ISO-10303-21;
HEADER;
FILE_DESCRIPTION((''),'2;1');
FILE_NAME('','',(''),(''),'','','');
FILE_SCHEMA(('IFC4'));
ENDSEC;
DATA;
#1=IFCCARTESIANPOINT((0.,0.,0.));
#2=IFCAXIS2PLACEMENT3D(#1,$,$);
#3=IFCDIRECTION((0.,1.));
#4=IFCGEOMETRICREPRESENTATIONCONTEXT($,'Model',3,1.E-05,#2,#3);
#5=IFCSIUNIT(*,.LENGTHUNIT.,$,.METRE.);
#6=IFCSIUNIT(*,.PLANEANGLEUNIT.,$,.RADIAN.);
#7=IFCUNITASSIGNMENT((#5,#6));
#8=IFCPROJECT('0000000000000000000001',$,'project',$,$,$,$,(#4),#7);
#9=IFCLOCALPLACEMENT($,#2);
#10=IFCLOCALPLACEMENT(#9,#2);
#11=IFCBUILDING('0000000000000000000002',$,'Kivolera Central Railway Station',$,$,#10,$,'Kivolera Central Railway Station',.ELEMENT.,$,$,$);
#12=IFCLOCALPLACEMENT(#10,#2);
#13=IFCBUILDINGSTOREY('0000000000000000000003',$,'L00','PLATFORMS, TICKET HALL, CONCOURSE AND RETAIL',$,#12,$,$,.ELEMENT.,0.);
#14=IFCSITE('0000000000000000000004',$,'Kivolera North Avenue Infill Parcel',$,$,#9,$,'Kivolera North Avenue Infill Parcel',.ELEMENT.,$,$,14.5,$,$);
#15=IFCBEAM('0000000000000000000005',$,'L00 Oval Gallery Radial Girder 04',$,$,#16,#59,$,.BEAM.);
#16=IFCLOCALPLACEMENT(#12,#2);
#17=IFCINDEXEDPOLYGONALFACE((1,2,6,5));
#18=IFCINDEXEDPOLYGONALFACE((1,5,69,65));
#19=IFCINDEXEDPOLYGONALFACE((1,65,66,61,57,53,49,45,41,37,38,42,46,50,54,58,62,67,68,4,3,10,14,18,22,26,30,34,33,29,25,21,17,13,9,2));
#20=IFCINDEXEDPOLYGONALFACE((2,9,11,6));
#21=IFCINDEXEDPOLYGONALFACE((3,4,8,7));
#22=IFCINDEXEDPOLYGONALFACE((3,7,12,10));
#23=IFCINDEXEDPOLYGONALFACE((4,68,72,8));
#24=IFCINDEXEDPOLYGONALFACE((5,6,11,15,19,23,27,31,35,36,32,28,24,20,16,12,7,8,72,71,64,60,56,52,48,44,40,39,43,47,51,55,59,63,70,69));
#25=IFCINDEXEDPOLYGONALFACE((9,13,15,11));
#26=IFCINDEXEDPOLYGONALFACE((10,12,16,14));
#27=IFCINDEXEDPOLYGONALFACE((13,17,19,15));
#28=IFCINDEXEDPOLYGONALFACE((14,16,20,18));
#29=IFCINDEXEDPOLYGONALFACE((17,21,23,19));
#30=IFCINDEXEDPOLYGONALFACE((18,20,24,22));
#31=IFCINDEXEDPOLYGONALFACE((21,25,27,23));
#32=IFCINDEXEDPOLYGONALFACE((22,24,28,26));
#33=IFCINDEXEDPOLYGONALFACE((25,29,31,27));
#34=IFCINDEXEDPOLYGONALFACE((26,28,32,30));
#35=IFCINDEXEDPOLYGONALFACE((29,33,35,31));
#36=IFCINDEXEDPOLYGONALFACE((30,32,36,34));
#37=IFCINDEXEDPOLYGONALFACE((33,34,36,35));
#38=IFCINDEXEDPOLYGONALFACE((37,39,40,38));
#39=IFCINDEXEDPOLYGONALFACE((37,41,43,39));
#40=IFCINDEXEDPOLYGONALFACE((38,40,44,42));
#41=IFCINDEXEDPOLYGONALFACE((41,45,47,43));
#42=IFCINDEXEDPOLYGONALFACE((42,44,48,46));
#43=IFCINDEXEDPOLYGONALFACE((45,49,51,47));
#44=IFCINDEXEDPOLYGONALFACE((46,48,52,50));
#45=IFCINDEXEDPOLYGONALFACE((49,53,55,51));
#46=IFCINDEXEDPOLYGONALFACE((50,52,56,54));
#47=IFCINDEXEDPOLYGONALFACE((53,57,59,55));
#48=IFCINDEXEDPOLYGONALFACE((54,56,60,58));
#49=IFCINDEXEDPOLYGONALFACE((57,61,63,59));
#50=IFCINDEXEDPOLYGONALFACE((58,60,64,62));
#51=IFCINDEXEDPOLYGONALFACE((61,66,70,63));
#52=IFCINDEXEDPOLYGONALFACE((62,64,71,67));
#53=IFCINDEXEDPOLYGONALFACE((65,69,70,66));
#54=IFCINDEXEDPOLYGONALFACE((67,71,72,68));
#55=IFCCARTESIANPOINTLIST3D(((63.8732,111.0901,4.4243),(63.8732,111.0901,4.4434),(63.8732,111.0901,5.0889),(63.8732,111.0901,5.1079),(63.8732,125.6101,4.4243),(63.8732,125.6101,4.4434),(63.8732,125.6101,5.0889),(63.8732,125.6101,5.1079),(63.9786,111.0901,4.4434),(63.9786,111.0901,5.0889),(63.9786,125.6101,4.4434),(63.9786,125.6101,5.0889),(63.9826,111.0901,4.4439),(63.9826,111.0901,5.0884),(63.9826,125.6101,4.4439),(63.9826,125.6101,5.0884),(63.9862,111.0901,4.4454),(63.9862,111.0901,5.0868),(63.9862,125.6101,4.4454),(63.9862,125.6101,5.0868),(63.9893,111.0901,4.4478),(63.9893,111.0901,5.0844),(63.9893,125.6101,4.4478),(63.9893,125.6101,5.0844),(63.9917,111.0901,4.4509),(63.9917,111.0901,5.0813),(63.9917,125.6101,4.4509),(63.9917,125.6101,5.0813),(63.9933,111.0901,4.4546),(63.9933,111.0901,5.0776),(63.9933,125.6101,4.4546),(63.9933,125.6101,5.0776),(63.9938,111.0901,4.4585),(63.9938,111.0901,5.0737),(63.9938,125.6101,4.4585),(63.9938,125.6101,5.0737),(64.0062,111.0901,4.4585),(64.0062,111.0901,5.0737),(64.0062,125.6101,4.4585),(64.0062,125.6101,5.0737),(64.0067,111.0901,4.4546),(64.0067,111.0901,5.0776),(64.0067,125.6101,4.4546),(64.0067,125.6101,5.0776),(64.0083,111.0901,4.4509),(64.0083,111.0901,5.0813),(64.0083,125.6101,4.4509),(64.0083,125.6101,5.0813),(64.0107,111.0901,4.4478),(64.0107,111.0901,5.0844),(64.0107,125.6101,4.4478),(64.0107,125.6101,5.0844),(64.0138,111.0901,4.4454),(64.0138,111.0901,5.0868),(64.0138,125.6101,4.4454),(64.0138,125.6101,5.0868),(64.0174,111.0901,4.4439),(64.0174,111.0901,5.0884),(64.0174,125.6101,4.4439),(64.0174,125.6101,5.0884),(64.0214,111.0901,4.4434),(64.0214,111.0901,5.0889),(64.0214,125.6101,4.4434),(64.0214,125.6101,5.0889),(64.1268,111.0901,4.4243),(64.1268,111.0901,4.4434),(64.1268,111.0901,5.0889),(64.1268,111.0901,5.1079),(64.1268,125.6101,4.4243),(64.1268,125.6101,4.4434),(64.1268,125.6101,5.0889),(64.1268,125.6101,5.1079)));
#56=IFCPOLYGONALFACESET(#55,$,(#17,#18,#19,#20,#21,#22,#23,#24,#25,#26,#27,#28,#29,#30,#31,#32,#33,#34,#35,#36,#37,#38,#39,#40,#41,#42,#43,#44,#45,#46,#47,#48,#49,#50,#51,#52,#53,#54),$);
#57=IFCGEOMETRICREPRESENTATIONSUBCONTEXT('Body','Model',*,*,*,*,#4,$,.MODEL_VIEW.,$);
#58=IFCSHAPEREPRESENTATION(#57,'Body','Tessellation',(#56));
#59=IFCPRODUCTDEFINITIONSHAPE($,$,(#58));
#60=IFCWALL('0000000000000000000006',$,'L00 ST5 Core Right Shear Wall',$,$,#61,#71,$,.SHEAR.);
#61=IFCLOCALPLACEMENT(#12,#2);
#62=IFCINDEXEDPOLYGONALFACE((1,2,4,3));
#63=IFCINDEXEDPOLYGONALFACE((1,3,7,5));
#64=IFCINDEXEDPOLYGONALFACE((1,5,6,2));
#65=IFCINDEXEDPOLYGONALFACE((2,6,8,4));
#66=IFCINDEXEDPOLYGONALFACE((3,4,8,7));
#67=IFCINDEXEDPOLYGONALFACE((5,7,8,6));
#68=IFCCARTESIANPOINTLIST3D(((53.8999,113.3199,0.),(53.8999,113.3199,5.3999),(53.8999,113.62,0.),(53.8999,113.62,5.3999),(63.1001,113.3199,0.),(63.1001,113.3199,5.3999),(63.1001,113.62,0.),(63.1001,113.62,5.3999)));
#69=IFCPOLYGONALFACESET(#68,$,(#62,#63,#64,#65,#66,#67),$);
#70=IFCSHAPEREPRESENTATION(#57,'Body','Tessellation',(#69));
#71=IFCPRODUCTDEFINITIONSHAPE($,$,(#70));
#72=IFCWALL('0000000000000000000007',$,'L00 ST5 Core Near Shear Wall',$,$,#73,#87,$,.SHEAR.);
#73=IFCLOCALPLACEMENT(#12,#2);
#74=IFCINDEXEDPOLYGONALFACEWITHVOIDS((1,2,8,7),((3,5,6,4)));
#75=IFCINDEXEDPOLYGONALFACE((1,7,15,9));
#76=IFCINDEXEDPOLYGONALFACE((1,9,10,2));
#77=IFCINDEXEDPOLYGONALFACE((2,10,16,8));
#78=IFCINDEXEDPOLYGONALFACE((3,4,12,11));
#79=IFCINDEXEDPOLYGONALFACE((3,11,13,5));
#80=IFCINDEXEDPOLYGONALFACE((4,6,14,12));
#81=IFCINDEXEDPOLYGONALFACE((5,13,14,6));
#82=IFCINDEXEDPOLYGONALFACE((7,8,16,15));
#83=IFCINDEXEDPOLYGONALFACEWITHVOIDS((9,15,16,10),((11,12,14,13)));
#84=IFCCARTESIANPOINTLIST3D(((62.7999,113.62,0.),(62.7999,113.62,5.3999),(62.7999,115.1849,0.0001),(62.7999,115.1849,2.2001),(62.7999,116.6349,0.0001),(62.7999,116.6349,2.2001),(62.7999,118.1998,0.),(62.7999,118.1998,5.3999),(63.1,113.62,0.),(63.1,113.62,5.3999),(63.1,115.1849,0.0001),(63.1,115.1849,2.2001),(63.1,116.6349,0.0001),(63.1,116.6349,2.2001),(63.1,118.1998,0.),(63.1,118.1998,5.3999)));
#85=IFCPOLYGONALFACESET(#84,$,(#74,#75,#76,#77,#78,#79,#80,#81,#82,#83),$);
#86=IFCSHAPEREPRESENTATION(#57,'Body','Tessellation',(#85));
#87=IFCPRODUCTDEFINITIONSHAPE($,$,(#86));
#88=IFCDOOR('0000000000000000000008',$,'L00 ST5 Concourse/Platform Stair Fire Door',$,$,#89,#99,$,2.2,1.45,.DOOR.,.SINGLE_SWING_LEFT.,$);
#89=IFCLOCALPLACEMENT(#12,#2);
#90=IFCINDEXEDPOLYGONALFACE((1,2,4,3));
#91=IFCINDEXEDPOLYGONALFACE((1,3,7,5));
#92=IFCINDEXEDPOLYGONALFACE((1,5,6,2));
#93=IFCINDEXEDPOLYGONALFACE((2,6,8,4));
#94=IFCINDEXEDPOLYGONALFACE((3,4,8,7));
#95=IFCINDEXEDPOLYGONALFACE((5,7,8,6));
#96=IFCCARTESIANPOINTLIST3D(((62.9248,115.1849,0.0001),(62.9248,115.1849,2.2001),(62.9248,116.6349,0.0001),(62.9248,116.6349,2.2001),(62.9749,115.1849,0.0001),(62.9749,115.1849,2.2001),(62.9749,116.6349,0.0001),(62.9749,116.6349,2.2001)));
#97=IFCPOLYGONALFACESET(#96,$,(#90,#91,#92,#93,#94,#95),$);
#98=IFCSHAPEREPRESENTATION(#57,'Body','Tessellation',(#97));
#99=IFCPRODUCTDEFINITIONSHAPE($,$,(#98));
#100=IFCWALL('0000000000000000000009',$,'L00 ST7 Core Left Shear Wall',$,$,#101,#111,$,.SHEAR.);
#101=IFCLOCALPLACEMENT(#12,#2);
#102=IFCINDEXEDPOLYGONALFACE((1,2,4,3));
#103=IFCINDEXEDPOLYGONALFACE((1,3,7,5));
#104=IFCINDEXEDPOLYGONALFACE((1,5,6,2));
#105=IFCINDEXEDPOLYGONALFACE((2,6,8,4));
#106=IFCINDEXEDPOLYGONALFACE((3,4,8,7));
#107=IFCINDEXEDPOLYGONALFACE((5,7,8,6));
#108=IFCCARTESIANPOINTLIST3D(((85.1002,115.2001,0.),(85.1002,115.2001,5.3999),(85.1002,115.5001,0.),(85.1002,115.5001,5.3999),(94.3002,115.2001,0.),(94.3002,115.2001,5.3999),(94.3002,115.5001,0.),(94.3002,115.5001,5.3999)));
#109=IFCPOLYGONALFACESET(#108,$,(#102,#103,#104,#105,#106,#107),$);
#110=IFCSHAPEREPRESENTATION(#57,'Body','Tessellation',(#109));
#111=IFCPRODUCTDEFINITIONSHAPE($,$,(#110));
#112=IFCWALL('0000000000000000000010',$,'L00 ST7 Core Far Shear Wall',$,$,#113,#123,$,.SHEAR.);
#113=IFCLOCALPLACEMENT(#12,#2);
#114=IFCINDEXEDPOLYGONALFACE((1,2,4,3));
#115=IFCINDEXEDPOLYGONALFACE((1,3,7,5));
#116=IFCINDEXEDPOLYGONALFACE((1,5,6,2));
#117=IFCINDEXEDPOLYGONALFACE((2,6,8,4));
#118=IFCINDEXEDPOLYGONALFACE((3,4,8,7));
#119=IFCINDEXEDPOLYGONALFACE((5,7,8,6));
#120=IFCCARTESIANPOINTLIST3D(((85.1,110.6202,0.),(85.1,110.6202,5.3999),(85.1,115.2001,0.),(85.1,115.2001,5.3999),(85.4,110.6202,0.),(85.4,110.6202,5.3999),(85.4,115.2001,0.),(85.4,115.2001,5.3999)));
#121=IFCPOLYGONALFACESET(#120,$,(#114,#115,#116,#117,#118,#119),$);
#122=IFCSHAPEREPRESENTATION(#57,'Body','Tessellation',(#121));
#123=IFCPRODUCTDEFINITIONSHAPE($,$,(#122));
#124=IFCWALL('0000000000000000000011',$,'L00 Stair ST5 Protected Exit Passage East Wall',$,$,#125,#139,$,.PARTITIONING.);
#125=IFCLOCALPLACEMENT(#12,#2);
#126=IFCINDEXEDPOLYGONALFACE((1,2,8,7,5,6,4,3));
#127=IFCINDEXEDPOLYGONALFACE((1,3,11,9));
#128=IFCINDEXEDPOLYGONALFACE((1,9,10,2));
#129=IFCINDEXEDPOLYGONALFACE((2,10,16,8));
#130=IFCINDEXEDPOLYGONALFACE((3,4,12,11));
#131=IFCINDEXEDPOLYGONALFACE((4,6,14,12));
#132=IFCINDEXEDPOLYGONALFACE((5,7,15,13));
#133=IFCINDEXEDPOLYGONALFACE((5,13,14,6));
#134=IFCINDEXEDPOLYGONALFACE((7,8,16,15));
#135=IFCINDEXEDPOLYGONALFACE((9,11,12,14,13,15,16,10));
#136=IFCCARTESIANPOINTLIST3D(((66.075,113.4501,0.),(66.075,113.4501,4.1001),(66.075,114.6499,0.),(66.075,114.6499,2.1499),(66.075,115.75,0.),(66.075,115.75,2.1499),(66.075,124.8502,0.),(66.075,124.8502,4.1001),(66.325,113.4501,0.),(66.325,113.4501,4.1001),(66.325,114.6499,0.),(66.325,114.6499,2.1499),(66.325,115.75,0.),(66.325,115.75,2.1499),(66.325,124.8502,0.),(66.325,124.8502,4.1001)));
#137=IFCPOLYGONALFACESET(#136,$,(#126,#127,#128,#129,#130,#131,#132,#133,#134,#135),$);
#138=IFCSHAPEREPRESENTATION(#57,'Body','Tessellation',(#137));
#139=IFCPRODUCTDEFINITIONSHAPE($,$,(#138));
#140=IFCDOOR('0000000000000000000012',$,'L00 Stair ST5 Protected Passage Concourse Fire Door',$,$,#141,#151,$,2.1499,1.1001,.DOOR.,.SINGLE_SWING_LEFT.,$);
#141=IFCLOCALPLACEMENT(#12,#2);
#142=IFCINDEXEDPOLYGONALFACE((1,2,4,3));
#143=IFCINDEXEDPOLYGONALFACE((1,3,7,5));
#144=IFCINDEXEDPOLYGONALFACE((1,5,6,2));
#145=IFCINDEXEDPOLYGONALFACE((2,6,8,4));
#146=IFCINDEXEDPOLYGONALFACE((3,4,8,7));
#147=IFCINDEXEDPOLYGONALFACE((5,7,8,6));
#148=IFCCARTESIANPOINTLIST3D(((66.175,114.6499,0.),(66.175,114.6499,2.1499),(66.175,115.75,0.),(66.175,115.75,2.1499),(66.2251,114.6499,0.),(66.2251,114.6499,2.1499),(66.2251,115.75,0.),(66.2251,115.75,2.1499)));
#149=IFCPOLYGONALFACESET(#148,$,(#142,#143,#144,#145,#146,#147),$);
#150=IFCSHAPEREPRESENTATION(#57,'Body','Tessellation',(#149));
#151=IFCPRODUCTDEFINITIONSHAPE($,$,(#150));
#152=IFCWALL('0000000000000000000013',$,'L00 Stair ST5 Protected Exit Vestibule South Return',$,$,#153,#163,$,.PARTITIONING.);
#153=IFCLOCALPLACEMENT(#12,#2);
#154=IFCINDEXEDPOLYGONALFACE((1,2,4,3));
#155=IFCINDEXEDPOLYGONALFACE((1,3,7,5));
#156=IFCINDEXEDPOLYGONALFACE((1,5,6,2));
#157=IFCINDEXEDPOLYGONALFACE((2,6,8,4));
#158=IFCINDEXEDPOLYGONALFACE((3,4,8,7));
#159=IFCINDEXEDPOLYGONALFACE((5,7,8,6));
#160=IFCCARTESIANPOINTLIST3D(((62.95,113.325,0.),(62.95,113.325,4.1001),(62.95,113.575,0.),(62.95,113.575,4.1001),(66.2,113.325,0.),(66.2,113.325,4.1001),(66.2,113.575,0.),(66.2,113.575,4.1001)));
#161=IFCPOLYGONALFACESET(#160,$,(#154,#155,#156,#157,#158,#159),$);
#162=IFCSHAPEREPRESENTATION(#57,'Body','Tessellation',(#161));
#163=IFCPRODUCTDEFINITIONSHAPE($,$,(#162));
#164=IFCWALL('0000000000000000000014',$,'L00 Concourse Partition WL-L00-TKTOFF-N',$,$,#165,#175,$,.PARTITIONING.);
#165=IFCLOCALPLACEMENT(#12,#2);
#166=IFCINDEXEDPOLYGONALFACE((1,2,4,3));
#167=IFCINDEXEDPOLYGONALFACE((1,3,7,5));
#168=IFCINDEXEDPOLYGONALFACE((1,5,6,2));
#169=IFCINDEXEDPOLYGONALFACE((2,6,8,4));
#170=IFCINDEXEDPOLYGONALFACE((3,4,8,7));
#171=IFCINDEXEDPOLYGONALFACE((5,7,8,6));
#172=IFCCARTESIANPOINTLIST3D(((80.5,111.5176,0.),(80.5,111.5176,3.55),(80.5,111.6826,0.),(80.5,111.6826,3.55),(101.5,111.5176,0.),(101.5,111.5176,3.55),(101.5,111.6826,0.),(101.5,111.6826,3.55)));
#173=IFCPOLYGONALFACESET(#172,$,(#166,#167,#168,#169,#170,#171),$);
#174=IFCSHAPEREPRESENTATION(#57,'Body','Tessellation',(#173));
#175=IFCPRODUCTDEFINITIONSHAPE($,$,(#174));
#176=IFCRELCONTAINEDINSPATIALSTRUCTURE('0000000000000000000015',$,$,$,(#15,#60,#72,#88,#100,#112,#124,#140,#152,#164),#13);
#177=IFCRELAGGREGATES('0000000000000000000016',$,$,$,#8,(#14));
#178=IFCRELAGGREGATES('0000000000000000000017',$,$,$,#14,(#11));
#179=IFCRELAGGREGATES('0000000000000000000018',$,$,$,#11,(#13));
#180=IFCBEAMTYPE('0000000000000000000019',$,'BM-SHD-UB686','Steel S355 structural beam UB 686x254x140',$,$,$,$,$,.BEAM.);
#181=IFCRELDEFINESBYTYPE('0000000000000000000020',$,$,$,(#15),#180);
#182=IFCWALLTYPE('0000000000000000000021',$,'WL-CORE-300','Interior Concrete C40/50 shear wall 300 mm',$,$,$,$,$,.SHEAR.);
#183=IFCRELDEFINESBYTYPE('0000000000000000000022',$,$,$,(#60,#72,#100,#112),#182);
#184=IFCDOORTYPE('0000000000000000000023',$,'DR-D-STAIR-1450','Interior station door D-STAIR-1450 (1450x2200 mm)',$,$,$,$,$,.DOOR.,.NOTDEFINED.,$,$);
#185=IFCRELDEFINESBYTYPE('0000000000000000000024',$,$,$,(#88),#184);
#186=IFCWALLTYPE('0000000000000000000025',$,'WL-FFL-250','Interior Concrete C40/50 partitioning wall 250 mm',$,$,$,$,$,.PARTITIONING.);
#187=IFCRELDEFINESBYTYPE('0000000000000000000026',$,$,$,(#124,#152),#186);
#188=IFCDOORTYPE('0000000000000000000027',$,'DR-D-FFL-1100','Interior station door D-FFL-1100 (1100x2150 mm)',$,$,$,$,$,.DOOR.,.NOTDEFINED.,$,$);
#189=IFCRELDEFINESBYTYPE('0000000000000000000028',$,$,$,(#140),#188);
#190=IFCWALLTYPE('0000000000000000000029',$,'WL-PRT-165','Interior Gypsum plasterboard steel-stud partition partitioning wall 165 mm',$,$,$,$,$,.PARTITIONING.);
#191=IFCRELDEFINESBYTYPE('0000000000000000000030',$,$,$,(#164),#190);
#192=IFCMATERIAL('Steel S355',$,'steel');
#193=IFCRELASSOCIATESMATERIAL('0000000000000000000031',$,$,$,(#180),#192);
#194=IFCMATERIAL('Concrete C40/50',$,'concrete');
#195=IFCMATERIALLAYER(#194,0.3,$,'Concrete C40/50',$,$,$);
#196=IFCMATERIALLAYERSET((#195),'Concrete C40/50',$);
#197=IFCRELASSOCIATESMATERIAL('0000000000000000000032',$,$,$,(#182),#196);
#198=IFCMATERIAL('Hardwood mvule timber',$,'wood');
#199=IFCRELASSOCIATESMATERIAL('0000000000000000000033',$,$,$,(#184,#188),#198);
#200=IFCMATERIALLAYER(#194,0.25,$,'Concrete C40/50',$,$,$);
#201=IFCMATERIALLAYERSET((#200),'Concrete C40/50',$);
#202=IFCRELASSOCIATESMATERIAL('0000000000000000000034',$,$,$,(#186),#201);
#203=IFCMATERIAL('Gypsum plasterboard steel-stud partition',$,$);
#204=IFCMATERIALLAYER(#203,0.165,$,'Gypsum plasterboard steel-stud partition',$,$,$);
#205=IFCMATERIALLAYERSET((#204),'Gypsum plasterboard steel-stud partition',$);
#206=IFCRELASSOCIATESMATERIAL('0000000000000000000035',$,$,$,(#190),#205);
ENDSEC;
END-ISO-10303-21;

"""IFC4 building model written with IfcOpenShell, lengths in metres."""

from ifc_helpers import new_model, si_unit, direction, frame, frame_2d, origin, origin_2d, place, context, subcontext, project, spatial, rectangle, i_section, extrude, material, layer, layer_set, material_profile, profile_set, type_object, element, fill, save


model = new_model("IFC4")

# Units and contexts
model_context = context("Model", 3, precision=1e-05, world=origin(), true_north=direction((0.0, 1.0)))
body_context = subcontext(model_context, "Body", "Model", "MODEL_VIEW")
ifc_project = project(units=[si_unit("LENGTHUNIT", "METRE"), si_unit("PLANEANGLEUNIT", "RADIAN")], contexts=[model_context])

# Site, building, storey
site_placement = place(None, origin())
site = spatial("IfcSite", under=ifc_project, at=site_placement, Name="Kivolera North Avenue Infill Parcel", LongName="Kivolera North Avenue Infill Parcel", CompositionType="ELEMENT", RefElevation=14.5)
building_placement = place(site_placement, origin())
building = spatial("IfcBuilding", under=site, at=building_placement, Name="Kivolera Central Railway Station", LongName="Kivolera Central Railway Station", CompositionType="ELEMENT")
storey_placement = place(building_placement, origin())
storey = spatial("IfcBuildingStorey", under=building, at=storey_placement, Name="L00", Description="PLATFORMS, TICKET HALL, CONCOURSE AND RETAIL", CompositionType="ELEMENT", Elevation=0.0)

# Beam
ifc_material_1 = material(Name="Steel S355", Category="steel")
ifc_material_profile_1 = material_profile(ifc_material_1, i_section(OverallWidth=0.2537, OverallDepth=0.6836, WebThickness=0.0125, FlangeThickness=0.019, FilletRadius=0.0151, at=origin_2d()), Name="UB 686x254x140")
ifc_profile_set_1 = profile_set([ifc_material_profile_1], Name="Steel S355")
beam_type = type_object("IfcBeamType", Name="BM-SHD-UB686", Description="Steel S355 structural beam UB 686x254x140", PredefinedType="BEAM", material=ifc_profile_set_1)
beam_placement = place(storey_placement, frame((64.0, 111.0901, 4.7661), z_axis=(0.0, 1.0, 0.0), x_axis=(-1.0, 0.0, 0.0)))
element("IfcBeam", 1, at=beam_placement, inside=storey, type_object=beam_type, Name="L00 Oval Gallery Radial Girder 04", PredefinedType="BEAM", context=body_context, shape_type="SweptSolid", body=[
    extrude(i_section(OverallWidth=0.2537, OverallDepth=0.6836, WebThickness=0.0125, FlangeThickness=0.019, FilletRadius=0.0151, at=origin_2d()), origin(), (0.0, 0.0, 1.0), 14.52),
])

# Wall
ifc_material_2 = material(Name="Concrete C40/50", Category="concrete")
ifc_layer_1 = layer(ifc_material_2, 0.3, Name="Concrete C40/50")
ifc_layer_set_1 = layer_set([ifc_layer_1], Name="Concrete C40/50")
wall_type_1 = type_object("IfcWallType", Name="WL-CORE-300", Description="Interior Concrete C40/50 shear wall 300 mm", PredefinedType="SHEAR", material=ifc_layer_set_1)
wall_1_placement = place(storey_placement, frame((63.1001, 113.47, 0.0), z_axis=(0.0, 0.0, 1.0), x_axis=(-1.0, 0.0, 0.0)))
element("IfcWall", 2, at=wall_1_placement, inside=storey, type_object=wall_type_1, Name="L00 ST5 Core Right Shear Wall", PredefinedType="SHEAR", context=body_context, shape_type="SweptSolid", body=[
    extrude(rectangle(XDim=9.2002, YDim=0.3, at=frame_2d((4.6001, 0.0))), origin(), (0.0, 0.0, 1.0), 5.3999),
])

# Wall, opening, door
wall_2_placement = place(storey_placement, frame((62.95, 118.2, 0.0), z_axis=(0.0, 0.0, 1.0), x_axis=(0.0, -1.0, 0.0)))
wall_2 = element("IfcWall", 3, at=wall_2_placement, inside=storey, type_object=wall_type_1, Name="L00 ST5 Core Near Shear Wall", PredefinedType="SHEAR", context=body_context, shape_type="SweptSolid", body=[
    extrude(rectangle(XDim=4.5798, YDim=0.3, at=frame_2d((2.29, 0.0))), origin(), (0.0, 0.0, 1.0), 5.3999),
])
opening_1_placement = place(wall_2_placement, frame((1.5649, 0.0, 0.0)))
opening_1 = element("IfcOpeningElement", 4, at=opening_1_placement, cuts=wall_2, PredefinedType="OPENING", context=body_context, shape_type="SweptSolid", body=[
    extrude(rectangle(XDim=1.45, YDim=2.2, at=frame_2d((0.7251, 1.1001))), frame((0.0, 0.1599, 0.0), z_axis=(0.0, -1.0, 0.0), x_axis=(1.0, 0.0, 0.0)), (0.0, 0.0, 1.0), 0.3201),
])
ifc_material_3 = material(Name="Hardwood mvule timber", Category="wood")
door_type_1 = type_object("IfcDoorType", Name="DR-D-STAIR-1450", Description="Interior station door D-STAIR-1450 (1450x2200 mm)", OperationType="NOTDEFINED", PredefinedType="DOOR", material=ifc_material_3)
door_1_placement = place(opening_1_placement, origin())
door_1 = element("IfcDoor", 5, at=door_1_placement, inside=storey, type_object=door_type_1, Name="L00 ST5 Concourse/Platform Stair Fire Door", OperationType="SINGLE_SWING_LEFT", OverallHeight=2.2, OverallWidth=1.45, PredefinedType="DOOR", context=body_context, shape_type="SweptSolid", body=[
    extrude(rectangle(XDim=1.45, YDim=2.2, at=frame_2d((0.7251, 1.1001))), frame((0.0, 0.0249, 0.0), z_axis=(0.0, -1.0, 0.0), x_axis=(1.0, 0.0, 0.0)), (0.0, 0.0, 1.0), 0.05),
])
fill(opening_1, door_1)

# Walls
wall_3_placement = place(storey_placement, frame((85.1001, 115.3501, 0.0), z_axis=(0.0, 0.0, 1.0), x_axis=(1.0, 0.0, 0.0)))
element("IfcWall", 6, at=wall_3_placement, inside=storey, type_object=wall_type_1, Name="L00 ST7 Core Left Shear Wall", PredefinedType="SHEAR", context=body_context, shape_type="SweptSolid", body=[
    extrude(rectangle(XDim=9.2, YDim=0.3, at=frame_2d((4.6001, 0.0))), origin(), (0.0, 0.0, 1.0), 5.3999),
])
wall_4_placement = place(storey_placement, frame((85.25, 110.6201, 0.0), z_axis=(0.0, 0.0, 1.0), x_axis=(0.0, 1.0, 0.0)))
element("IfcWall", 7, at=wall_4_placement, inside=storey, type_object=wall_type_1, Name="L00 ST7 Core Far Shear Wall", PredefinedType="SHEAR", context=body_context, shape_type="SweptSolid", body=[
    extrude(rectangle(XDim=4.5798, YDim=0.3, at=frame_2d((2.29, 0.0))), origin(), (0.0, 0.0, 1.0), 5.3999),
])

# Wall, opening, door
ifc_layer_2 = layer(ifc_material_2, 0.25, Name="Concrete C40/50")
ifc_layer_set_2 = layer_set([ifc_layer_2], Name="Concrete C40/50")
wall_type_2 = type_object("IfcWallType", Name="WL-FFL-250", Description="Interior Concrete C40/50 partitioning wall 250 mm", PredefinedType="PARTITIONING", material=ifc_layer_set_2)
wall_5_placement = place(storey_placement, frame((66.2, 113.45, 0.0), z_axis=(0.0, 0.0, 1.0), x_axis=(0.0, 1.0, 0.0)))
wall_5 = element("IfcWall", 8, at=wall_5_placement, inside=storey, type_object=wall_type_2, Name="L00 Stair ST5 Protected Exit Passage East Wall", PredefinedType="PARTITIONING", context=body_context, shape_type="SweptSolid", body=[
    extrude(rectangle(XDim=11.4001, YDim=0.25, at=frame_2d((5.7002, 0.0))), origin(), (0.0, 0.0, 1.0), 4.1001),
])
opening_2_placement = place(wall_5_placement, frame((1.2, 0.0, 0.0)))
opening_2 = element("IfcOpeningElement", 9, at=opening_2_placement, cuts=wall_5, PredefinedType="OPENING", context=body_context, shape_type="SweptSolid", body=[
    extrude(rectangle(XDim=1.1001, YDim=2.1499, at=frame_2d((0.55, 1.075))), frame((0.0, 0.135, 0.0), z_axis=(0.0, -1.0, 0.0), x_axis=(1.0, 0.0, 0.0)), (0.0, 0.0, 1.0), 0.27),
])
door_type_2 = type_object("IfcDoorType", Name="DR-D-FFL-1100", Description="Interior station door D-FFL-1100 (1100x2150 mm)", OperationType="NOTDEFINED", PredefinedType="DOOR", material=ifc_material_3)
door_2_placement = place(opening_2_placement, origin())
door_2 = element("IfcDoor", 10, at=door_2_placement, inside=storey, type_object=door_type_2, Name="L00 Stair ST5 Protected Passage Concourse Fire Door", OperationType="SINGLE_SWING_LEFT", OverallHeight=2.1499, OverallWidth=1.1001, PredefinedType="DOOR", context=body_context, shape_type="SweptSolid", body=[
    extrude(rectangle(XDim=1.1001, YDim=2.1499, at=frame_2d((0.55, 1.075))), frame((0.0, 0.0249, 0.0), z_axis=(0.0, -1.0, 0.0), x_axis=(1.0, 0.0, 0.0)), (0.0, 0.0, 1.0), 0.05),
])
fill(opening_2, door_2)

# Walls
wall_6_placement = place(storey_placement, frame((62.95, 113.45, 0.0), z_axis=(0.0, 0.0, 1.0), x_axis=(1.0, 0.0, 0.0)))
element("IfcWall", 11, at=wall_6_placement, inside=storey, type_object=wall_type_2, Name="L00 Stair ST5 Protected Exit Vestibule South Return", PredefinedType="PARTITIONING", context=body_context, shape_type="SweptSolid", body=[
    extrude(rectangle(XDim=3.25, YDim=0.25, at=frame_2d((1.625, 0.0))), origin(), (0.0, 0.0, 1.0), 4.1001),
])
ifc_material_4 = material(Name="Gypsum plasterboard steel-stud partition")
ifc_layer_3 = layer(ifc_material_4, 0.165, Name="Gypsum plasterboard steel-stud partition")
ifc_layer_set_3 = layer_set([ifc_layer_3], Name="Gypsum plasterboard steel-stud partition")
wall_type_3 = type_object("IfcWallType", Name="WL-PRT-165", Description="Interior Gypsum plasterboard steel-stud partition partitioning wall 165 mm", PredefinedType="PARTITIONING", material=ifc_layer_set_3)
wall_7_placement = place(storey_placement, frame((80.5, 111.6001, 0.0), z_axis=(0.0, 0.0, 1.0), x_axis=(1.0, 0.0, 0.0)))
element("IfcWall", 12, at=wall_7_placement, inside=storey, type_object=wall_type_3, Name="L00 Concourse Partition WL-L00-TKTOFF-N", PredefinedType="PARTITIONING", context=body_context, shape_type="SweptSolid", body=[
    extrude(rectangle(XDim=21.0, YDim=0.165, at=frame_2d((10.5, 0.0))), origin(), (0.0, 0.0, 1.0), 3.55),
])

save(model, "model.ifc")
